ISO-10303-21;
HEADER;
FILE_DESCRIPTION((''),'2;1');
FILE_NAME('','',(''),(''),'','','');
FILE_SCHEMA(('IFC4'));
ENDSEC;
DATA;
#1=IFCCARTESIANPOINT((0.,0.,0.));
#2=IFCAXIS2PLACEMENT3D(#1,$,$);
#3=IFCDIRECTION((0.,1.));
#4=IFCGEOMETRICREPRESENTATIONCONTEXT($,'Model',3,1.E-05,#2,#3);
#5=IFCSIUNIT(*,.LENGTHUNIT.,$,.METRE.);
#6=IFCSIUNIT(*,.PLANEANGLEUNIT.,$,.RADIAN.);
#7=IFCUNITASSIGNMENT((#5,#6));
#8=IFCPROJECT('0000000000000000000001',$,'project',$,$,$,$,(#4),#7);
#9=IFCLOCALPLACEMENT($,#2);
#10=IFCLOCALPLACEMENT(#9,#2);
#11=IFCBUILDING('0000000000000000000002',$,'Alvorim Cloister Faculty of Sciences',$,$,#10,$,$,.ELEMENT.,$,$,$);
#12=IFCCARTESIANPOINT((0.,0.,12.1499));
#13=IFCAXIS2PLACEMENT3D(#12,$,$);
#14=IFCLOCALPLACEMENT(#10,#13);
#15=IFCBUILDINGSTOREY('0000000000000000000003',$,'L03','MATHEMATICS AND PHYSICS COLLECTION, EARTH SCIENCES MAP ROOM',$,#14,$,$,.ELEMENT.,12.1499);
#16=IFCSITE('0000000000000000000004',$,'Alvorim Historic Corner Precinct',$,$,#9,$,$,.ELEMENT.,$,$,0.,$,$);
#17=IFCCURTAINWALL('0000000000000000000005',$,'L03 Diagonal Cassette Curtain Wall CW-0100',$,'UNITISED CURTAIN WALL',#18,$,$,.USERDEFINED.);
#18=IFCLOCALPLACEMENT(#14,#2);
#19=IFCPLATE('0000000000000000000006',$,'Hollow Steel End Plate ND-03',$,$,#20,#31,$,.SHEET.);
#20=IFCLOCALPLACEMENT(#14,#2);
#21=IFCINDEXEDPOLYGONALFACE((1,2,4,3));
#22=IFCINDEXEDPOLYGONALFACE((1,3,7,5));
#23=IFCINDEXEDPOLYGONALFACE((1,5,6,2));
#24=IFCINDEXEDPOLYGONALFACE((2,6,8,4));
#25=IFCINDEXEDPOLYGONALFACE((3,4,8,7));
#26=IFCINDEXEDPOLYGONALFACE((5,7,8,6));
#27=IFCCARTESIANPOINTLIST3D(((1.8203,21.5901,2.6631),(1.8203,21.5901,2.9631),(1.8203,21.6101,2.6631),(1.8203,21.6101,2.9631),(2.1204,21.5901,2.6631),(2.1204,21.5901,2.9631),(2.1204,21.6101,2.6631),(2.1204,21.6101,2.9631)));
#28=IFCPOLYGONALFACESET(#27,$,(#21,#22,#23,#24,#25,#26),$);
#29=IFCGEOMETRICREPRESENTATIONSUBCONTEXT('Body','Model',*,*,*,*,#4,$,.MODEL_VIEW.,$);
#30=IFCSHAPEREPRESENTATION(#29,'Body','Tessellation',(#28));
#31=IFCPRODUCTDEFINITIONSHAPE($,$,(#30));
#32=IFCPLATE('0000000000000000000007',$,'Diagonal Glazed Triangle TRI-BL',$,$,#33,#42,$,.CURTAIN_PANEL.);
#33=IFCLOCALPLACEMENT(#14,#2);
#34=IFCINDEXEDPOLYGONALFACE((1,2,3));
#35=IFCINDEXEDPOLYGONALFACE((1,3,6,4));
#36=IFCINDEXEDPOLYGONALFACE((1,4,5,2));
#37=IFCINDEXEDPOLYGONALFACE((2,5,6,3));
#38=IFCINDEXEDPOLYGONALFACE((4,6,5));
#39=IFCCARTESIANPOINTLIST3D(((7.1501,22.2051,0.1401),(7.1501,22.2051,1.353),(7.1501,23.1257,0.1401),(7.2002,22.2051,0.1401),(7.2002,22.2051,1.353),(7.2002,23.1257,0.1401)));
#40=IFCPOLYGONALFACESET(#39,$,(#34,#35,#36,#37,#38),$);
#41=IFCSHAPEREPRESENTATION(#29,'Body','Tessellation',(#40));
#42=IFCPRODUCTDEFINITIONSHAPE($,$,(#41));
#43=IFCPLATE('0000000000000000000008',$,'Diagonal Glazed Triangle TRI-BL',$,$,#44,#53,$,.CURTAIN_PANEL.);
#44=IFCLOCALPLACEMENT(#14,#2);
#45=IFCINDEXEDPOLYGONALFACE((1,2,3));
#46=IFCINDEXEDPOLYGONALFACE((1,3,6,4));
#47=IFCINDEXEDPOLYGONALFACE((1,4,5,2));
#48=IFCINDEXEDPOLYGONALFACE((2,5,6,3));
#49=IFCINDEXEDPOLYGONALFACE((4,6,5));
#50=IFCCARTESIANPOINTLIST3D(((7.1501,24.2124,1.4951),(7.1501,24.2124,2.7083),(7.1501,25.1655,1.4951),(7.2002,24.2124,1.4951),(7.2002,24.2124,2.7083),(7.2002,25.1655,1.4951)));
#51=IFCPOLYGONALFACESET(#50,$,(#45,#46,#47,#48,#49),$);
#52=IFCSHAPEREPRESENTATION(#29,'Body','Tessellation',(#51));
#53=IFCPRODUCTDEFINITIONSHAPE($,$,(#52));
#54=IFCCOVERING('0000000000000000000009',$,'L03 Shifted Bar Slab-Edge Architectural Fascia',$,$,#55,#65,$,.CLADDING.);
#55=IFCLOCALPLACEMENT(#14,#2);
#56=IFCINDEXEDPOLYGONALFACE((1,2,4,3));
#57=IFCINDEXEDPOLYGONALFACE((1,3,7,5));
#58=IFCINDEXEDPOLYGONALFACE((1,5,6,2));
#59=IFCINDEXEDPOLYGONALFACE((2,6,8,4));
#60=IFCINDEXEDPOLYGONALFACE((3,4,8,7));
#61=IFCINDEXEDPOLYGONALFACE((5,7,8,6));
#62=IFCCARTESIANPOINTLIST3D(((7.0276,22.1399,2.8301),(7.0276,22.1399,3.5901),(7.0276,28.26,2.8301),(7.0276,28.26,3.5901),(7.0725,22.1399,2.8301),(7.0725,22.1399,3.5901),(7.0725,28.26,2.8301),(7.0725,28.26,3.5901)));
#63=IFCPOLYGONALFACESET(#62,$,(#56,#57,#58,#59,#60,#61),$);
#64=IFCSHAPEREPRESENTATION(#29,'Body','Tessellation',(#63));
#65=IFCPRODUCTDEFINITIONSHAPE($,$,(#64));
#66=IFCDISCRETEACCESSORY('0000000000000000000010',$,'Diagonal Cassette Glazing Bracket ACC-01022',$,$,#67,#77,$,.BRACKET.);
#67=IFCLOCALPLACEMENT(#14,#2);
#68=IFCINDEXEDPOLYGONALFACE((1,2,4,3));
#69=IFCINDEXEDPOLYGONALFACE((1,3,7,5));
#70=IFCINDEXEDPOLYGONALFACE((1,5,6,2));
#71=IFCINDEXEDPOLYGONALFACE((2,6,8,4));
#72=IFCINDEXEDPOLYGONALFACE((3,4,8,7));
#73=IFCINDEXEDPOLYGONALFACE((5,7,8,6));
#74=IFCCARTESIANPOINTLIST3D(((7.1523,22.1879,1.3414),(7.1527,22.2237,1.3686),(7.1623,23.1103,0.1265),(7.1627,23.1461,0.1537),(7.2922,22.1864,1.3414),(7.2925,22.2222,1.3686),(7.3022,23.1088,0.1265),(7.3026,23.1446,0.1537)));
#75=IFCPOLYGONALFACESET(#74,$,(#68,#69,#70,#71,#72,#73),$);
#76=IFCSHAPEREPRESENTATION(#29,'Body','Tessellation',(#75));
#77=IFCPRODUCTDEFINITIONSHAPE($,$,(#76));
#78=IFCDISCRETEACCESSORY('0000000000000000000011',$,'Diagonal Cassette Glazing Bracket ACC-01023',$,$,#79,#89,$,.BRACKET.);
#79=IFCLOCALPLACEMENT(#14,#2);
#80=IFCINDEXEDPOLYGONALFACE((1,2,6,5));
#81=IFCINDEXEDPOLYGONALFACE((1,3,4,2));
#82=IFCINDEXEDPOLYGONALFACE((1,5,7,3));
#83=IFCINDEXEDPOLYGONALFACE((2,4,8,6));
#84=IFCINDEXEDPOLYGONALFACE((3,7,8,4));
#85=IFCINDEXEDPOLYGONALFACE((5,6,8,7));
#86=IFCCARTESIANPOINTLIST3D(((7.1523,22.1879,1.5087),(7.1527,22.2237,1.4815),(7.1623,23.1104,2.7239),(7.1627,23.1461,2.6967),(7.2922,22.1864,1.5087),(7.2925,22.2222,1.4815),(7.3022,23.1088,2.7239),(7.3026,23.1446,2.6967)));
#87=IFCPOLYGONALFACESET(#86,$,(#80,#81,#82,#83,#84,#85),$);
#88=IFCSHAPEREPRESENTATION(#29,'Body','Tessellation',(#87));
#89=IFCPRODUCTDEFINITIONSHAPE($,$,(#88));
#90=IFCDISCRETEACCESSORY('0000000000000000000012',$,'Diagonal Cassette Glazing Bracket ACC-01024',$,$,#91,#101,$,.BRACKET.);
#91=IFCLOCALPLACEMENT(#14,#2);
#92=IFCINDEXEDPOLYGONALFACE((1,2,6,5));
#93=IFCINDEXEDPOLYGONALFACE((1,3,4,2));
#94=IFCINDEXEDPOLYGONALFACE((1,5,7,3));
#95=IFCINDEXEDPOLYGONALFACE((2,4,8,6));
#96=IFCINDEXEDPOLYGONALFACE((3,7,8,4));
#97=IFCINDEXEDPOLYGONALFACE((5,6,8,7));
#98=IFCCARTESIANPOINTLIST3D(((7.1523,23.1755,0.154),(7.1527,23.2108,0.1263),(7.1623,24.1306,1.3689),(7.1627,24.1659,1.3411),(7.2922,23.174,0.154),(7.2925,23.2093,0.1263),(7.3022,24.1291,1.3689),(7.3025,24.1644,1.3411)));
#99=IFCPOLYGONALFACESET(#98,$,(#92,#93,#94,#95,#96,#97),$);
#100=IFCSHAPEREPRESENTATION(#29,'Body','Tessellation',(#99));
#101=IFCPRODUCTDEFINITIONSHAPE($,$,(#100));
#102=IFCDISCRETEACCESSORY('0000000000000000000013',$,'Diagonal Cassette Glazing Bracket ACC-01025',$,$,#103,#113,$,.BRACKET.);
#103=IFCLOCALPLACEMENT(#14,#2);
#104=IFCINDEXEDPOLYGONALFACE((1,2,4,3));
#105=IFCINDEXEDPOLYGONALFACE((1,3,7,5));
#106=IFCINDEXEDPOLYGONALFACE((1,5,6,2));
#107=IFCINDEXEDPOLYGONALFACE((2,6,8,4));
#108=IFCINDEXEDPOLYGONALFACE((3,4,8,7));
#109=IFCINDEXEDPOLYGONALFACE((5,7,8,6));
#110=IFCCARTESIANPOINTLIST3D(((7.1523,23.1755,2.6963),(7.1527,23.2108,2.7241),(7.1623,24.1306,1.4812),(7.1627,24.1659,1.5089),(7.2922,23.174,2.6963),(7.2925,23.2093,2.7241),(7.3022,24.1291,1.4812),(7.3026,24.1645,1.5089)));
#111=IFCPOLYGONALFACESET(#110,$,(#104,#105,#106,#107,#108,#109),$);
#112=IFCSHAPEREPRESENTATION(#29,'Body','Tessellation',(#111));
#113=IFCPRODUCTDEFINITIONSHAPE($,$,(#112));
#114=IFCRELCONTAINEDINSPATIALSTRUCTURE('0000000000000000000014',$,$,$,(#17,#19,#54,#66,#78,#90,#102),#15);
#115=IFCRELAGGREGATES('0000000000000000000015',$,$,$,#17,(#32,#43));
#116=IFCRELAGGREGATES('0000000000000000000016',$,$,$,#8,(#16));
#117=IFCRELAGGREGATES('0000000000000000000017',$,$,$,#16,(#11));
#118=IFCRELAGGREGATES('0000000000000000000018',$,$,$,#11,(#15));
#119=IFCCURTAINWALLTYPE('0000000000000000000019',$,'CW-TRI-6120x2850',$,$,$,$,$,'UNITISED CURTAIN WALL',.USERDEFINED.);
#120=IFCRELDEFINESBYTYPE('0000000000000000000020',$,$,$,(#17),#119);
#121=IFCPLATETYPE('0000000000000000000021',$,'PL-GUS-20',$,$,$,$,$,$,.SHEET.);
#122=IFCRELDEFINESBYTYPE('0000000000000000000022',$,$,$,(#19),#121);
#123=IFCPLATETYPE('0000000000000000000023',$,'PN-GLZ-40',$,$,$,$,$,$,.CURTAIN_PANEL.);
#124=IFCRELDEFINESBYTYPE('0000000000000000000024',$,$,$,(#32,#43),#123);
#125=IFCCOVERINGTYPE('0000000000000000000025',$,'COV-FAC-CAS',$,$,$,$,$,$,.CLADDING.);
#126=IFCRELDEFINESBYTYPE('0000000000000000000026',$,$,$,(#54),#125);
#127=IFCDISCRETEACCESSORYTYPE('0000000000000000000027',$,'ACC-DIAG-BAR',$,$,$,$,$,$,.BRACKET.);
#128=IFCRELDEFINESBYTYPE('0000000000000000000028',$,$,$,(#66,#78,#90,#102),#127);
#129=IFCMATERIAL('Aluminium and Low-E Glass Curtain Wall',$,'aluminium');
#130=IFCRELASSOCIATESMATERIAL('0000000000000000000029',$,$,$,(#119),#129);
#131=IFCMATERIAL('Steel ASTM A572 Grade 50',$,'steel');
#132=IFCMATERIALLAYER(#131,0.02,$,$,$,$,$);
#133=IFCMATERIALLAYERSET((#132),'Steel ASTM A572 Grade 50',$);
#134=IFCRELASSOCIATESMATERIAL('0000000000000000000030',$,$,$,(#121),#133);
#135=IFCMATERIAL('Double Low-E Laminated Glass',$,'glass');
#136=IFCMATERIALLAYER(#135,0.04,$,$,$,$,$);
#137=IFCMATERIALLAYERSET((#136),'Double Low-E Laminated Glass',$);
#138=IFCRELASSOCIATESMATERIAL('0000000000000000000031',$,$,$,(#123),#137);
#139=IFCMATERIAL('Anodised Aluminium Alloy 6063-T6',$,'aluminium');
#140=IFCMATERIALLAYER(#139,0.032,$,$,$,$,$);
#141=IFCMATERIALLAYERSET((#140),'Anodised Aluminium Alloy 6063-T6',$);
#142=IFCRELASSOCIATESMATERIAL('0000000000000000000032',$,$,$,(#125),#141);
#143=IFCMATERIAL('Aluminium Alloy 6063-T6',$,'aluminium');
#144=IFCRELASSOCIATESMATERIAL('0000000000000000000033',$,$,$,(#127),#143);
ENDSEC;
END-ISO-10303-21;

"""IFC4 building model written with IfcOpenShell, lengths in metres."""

from ifc_helpers import new_model, si_unit, direction, frame, origin, origin_2d, place, context, subcontext, project, spatial, polyline, rectangle, outline, extrude, material, layer, layer_set, type_object, element, aggregate, save


model = new_model("IFC4")

# Units and contexts
model_context = context("Model", 3, precision=1e-05, world=origin(), true_north=direction((0.0, 1.0)))
body_context = subcontext(model_context, "Body", "Model", "MODEL_VIEW")
ifc_project = project(units=[si_unit("LENGTHUNIT", "METRE"), si_unit("PLANEANGLEUNIT", "RADIAN")], contexts=[model_context])

# Site, building, storey
site_placement = place(None, origin())
site = spatial("IfcSite", under=ifc_project, at=site_placement, Name="Alvorim Historic Corner Precinct", CompositionType="ELEMENT", RefElevation=0.0)
building_placement = place(site_placement, origin())
building = spatial("IfcBuilding", under=site, at=building_placement, Name="Alvorim Cloister Faculty of Sciences", CompositionType="ELEMENT")
storey_placement = place(building_placement, frame((0.0, 0.0, 12.1499)))
storey = spatial("IfcBuildingStorey", under=building, at=storey_placement, Name="L03", Description="MATHEMATICS AND PHYSICS COLLECTION, EARTH SCIENCES MAP ROOM", CompositionType="ELEMENT", Elevation=12.1499)

# Shared definitions
ifc_material_1 = material(Name="Steel ASTM A572 Grade 50", Category="steel")

# Curtain wall
ifc_material_2 = material(Name="Aluminium and Low-E Glass Curtain Wall", Category="aluminium")
curtain_wall_type = type_object("IfcCurtainWallType", Name="CW-TRI-6120x2850", ElementType="UNITISED CURTAIN WALL", PredefinedType="USERDEFINED", material=ifc_material_2)
curtain_wall_placement = place(storey_placement, origin())
curtain_wall = element("IfcCurtainWall", 1, at=curtain_wall_placement, inside=storey, type_object=curtain_wall_type, Name="L03 Diagonal Cassette Curtain Wall CW-0100", ObjectType="UNITISED CURTAIN WALL", PredefinedType="USERDEFINED")
ifc_material_3 = material(Name="Aluminium Alloy 6063-T6", Category="aluminium")

# Plate
ifc_layer_1 = layer(ifc_material_1, 0.02)
ifc_layer_set_1 = layer_set([ifc_layer_1], Name="Steel ASTM A572 Grade 50")
plate_type_1 = type_object("IfcPlateType", Name="PL-GUS-20", PredefinedType="SHEET", material=ifc_layer_set_1)
plate_1_placement = place(storey_placement, frame((2.1204, 21.6001, 2.6631), z_axis=(0.0, 0.0, 1.0), x_axis=(-1.0, 0.0, 0.0)))
element("IfcPlate", 2, at=plate_1_placement, inside=storey, type_object=plate_type_1, Name="Hollow Steel End Plate ND-03", PredefinedType="SHEET", context=body_context, shape_type="SweptSolid", body=[
    extrude(outline(polyline([(0.0, 0.0), (0.3, 0.0), (0.3, 0.3), (0.0, 0.3), (0.0, 0.0)])), frame((0.0, 0.01, 0.0), z_axis=(0.0, -1.0, 0.0), x_axis=(1.0, 0.0, 0.0)), (0.0, 0.0, 1.0), 0.02),
])

# Plates
ifc_material_4 = material(Name="Double Low-E Laminated Glass", Category="glass")
ifc_layer_2 = layer(ifc_material_4, 0.04)
ifc_layer_set_2 = layer_set([ifc_layer_2], Name="Double Low-E Laminated Glass")
plate_type_2 = type_object("IfcPlateType", Name="PN-GLZ-40", PredefinedType="CURTAIN_PANEL", material=ifc_layer_set_2)
plate_2_placement = place(storey_placement, frame((7.175, 22.2051, 0.1401), z_axis=(0.0, 0.0, 1.0), x_axis=(0.0, 1.0, 0.0)))
plate_2 = element("IfcPlate", 3, at=plate_2_placement, type_object=plate_type_2, Name="Diagonal Glazed Triangle TRI-BL", PredefinedType="CURTAIN_PANEL", context=body_context, shape_type="SweptSolid", body=[
    extrude(outline(polyline([(0.0, 0.0), (0.9207, 0.0), (0.0, 1.2129), (0.0, 0.0)])), frame((0.0, 0.0249, 0.0), z_axis=(0.0, -1.0, 0.0), x_axis=(1.0, 0.0, 0.0)), (0.0, 0.0, 1.0), 0.05),
])
plate_3_placement = place(storey_placement, frame((7.175, 24.2124, 1.4951), z_axis=(0.0, 0.0, 1.0), x_axis=(0.0, 1.0, 0.0)))
plate_3 = element("IfcPlate", 4, at=plate_3_placement, type_object=plate_type_2, Name="Diagonal Glazed Triangle TRI-BL", PredefinedType="CURTAIN_PANEL", context=body_context, shape_type="SweptSolid", body=[
    extrude(outline(polyline([(0.0, 0.0), (0.9531, 0.0), (0.0, 1.2131), (0.0, 0.0)])), frame((0.0, 0.0249, 0.0), z_axis=(0.0, -1.0, 0.0), x_axis=(1.0, 0.0, 0.0)), (0.0, 0.0, 1.0), 0.05),
])
aggregate(curtain_wall, [plate_2, plate_3])

# Covering
ifc_material_5 = material(Name="Anodised Aluminium Alloy 6063-T6", Category="aluminium")
ifc_layer_3 = layer(ifc_material_5, 0.032)
ifc_layer_set_3 = layer_set([ifc_layer_3], Name="Anodised Aluminium Alloy 6063-T6")
covering_type = type_object("IfcCoveringType", Name="COV-FAC-CAS", PredefinedType="CLADDING", material=ifc_layer_set_3)
covering_placement = place(storey_placement, frame((7.05, 22.1399, 2.8301), z_axis=(0.0, 0.0, 1.0), x_axis=(0.0, 1.0, 0.0)))
element("IfcCovering", 5, at=covering_placement, inside=storey, type_object=covering_type, Name="L03 Shifted Bar Slab-Edge Architectural Fascia", PredefinedType="CLADDING", context=body_context, shape_type="SweptSolid", body=[
    extrude(outline(polyline([(0.0, 0.0), (6.1201, 0.0), (6.1201, 0.76), (0.0, 0.76), (0.0, 0.0)])), frame((0.0, 0.0225, 0.0), z_axis=(0.0, -1.0, 0.0), x_axis=(1.0, 0.0, 0.0)), (0.0, 0.0, 1.0), 0.0449),
])

# Discrete accessories
discrete_accessory_type = type_object("IfcDiscreteAccessoryType", Name="ACC-DIAG-BAR", PredefinedType="BRACKET", material=ifc_material_3)
discrete_accessory_1_placement = place(storey_placement, frame((7.2224, 22.2051, 1.355), z_axis=(0.006562, 0.604689, -0.796435), x_axis=(-0.999941, 0.010852, 0.0)))
element("IfcDiscreteAccessory", 6, at=discrete_accessory_1_placement, inside=storey, type_object=discrete_accessory_type, Name="Diagonal Cassette Glazing Bracket ACC-01022", PredefinedType="BRACKET", context=body_context, shape_type="SweptSolid", body=[
    extrude(rectangle(XDim=0.1399, YDim=0.0449, at=origin_2d()), origin(), (0.0, 0.0, 1.0), 1.5254),
])
discrete_accessory_2_placement = place(storey_placement, frame((7.2224, 22.2051, 1.4951), z_axis=(0.006561, 0.604612, 0.796493), x_axis=(-0.999941, 0.010852, 0.0)))
element("IfcDiscreteAccessory", 7, at=discrete_accessory_2_placement, inside=storey, type_object=discrete_accessory_type, Name="Diagonal Cassette Glazing Bracket ACC-01023", PredefinedType="BRACKET", context=body_context, shape_type="SweptSolid", body=[
    extrude(rectangle(XDim=0.1399, YDim=0.0449, at=origin_2d()), origin(), (0.0, 0.0, 1.0), 1.5256),
])
discrete_accessory_3_placement = place(storey_placement, frame((7.2224, 23.1924, 0.1401), z_axis=(0.006477, 0.618032, 0.786126), x_axis=(-0.999945, 0.01048, 0.0)))
element("IfcDiscreteAccessory", 8, at=discrete_accessory_3_placement, inside=storey, type_object=discrete_accessory_type, Name="Diagonal Cassette Glazing Bracket ACC-01024", PredefinedType="BRACKET", context=body_context, shape_type="SweptSolid", body=[
    extrude(rectangle(XDim=0.1399, YDim=0.0449, at=origin_2d()), origin(), (0.0, 0.0, 1.0), 1.5454),
])
discrete_accessory_4_placement = place(storey_placement, frame((7.2224, 23.1924, 2.7102), z_axis=(0.006477, 0.617955, -0.786187), x_axis=(-0.999945, 0.01048, 0.0)))
element("IfcDiscreteAccessory", 9, at=discrete_accessory_4_placement, inside=storey, type_object=discrete_accessory_type, Name="Diagonal Cassette Glazing Bracket ACC-01025", PredefinedType="BRACKET", context=body_context, shape_type="SweptSolid", body=[
    extrude(rectangle(XDim=0.1399, YDim=0.0449, at=origin_2d()), origin(), (0.0, 0.0, 1.0), 1.5457),
])

save(model, "model.ifc")
